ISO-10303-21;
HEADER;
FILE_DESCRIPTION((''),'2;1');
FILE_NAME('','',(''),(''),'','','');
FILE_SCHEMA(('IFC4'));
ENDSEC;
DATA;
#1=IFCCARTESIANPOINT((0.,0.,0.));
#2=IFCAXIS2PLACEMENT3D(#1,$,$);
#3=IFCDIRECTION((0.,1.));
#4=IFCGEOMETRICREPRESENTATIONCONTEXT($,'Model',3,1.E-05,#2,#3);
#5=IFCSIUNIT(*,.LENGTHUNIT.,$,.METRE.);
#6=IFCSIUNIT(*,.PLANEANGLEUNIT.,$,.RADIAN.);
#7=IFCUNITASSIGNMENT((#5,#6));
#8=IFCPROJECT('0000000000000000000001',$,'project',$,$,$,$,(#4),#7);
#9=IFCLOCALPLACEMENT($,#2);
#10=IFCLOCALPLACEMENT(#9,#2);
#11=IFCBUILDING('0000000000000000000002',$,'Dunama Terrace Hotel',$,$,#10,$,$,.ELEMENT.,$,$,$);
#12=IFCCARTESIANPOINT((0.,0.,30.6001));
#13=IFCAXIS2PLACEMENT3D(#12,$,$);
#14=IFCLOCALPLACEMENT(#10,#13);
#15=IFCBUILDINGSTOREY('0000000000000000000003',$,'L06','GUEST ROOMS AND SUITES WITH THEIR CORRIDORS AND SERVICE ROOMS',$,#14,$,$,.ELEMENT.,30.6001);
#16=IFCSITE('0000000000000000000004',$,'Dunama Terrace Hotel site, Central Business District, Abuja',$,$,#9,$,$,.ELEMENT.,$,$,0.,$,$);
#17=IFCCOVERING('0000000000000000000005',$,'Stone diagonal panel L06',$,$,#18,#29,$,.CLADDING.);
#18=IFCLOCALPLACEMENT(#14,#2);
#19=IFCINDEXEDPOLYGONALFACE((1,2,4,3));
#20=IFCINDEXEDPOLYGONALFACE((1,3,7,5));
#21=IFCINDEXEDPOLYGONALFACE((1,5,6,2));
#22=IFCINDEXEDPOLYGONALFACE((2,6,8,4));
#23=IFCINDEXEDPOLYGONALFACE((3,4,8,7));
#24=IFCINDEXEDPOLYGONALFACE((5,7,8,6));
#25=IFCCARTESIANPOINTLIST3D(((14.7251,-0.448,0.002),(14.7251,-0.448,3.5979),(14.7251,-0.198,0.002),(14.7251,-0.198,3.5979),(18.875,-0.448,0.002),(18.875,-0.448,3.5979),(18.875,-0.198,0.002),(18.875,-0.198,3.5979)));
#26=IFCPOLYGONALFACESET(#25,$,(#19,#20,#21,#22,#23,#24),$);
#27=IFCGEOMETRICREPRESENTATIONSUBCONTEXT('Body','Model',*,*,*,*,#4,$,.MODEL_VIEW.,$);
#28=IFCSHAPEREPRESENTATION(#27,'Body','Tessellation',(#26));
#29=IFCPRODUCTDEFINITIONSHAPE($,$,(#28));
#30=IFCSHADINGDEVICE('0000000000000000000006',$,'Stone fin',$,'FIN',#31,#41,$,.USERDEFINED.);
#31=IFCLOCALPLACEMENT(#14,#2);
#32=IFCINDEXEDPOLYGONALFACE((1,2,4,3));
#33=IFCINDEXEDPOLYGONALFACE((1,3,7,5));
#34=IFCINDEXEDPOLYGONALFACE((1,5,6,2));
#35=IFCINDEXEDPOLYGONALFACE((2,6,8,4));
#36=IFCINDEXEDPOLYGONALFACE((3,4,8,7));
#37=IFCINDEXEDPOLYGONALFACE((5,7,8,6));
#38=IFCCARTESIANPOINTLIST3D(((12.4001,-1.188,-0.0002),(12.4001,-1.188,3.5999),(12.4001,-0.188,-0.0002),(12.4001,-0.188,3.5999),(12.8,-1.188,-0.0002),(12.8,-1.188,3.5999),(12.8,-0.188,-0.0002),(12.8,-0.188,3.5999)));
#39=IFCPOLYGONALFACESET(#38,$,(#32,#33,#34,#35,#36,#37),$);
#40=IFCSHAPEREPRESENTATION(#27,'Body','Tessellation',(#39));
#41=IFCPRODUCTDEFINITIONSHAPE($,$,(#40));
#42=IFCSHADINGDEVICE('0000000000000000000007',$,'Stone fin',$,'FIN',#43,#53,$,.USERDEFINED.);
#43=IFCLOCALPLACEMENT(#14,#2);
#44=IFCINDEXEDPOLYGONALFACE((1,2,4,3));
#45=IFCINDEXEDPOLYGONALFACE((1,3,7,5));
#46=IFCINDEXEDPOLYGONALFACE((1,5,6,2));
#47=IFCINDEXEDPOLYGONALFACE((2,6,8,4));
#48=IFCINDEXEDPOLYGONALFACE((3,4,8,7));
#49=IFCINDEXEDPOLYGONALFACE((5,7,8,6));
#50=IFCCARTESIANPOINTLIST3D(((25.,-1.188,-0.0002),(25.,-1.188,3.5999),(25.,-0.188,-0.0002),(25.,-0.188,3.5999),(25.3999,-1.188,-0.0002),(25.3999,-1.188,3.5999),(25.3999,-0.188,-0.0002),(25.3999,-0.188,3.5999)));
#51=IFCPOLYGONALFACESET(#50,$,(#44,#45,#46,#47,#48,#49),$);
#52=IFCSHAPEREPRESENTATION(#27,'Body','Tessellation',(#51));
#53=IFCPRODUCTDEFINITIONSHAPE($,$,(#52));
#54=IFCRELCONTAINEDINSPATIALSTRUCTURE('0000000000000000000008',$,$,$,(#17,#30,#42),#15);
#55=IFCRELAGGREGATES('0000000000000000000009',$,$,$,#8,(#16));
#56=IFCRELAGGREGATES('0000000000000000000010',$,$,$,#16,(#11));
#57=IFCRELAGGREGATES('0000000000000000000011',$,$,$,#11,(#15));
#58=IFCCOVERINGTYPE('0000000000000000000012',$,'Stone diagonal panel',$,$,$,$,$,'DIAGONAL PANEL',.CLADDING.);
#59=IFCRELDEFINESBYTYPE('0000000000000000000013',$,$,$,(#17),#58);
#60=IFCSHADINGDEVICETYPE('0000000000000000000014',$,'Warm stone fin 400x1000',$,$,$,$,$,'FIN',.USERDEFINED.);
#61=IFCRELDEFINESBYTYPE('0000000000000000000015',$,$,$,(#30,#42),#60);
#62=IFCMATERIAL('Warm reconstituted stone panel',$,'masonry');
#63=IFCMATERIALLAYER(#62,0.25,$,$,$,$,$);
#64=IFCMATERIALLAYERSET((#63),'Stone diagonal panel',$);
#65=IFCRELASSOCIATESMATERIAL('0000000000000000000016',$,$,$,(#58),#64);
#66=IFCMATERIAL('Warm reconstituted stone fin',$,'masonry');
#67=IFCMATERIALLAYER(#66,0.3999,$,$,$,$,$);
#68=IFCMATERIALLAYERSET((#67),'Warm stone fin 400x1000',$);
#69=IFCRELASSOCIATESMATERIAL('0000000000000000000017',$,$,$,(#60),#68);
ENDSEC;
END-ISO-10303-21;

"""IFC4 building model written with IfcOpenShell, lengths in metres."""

from ifc_helpers import new_model, si_unit, direction, frame, origin, origin_2d, place, context, subcontext, project, spatial, rectangle, extrude, material, layer, layer_set, type_object, element, save


model = new_model("IFC4")

# Units and contexts
model_context = context("Model", 3, precision=1e-05, world=origin(), true_north=direction((0.0, 1.0)))
body_context = subcontext(model_context, "Body", "Model", "MODEL_VIEW")
ifc_project = project(units=[si_unit("LENGTHUNIT", "METRE"), si_unit("PLANEANGLEUNIT", "RADIAN")], contexts=[model_context])

# Site, building, storey
site_placement = place(None, origin())
site = spatial("IfcSite", under=ifc_project, at=site_placement, Name="Dunama Terrace Hotel site, Central Business District, Abuja", CompositionType="ELEMENT", RefElevation=0.0)
building_placement = place(site_placement, origin())
building = spatial("IfcBuilding", under=site, at=building_placement, Name="Dunama Terrace Hotel", CompositionType="ELEMENT")
storey_placement = place(building_placement, frame((0.0, 0.0, 30.6001)))
storey = spatial("IfcBuildingStorey", under=building, at=storey_placement, Name="L06", Description="GUEST ROOMS AND SUITES WITH THEIR CORRIDORS AND SERVICE ROOMS", CompositionType="ELEMENT", Elevation=30.6001)

# Covering
ifc_material_1 = material(Name="Warm reconstituted stone panel", Category="masonry")
ifc_layer_1 = layer(ifc_material_1, 0.25)
ifc_layer_set_1 = layer_set([ifc_layer_1], Name="Stone diagonal panel")
covering_type = type_object("IfcCoveringType", Name="Stone diagonal panel", ElementType="DIAGONAL PANEL", PredefinedType="CLADDING", material=ifc_layer_set_1)
covering_placement = place(storey_placement, frame((16.8, -0.323, 0.002), z_axis=(0.0, 0.0, 1.0), x_axis=(1.0, 0.0, 0.0)))
element("IfcCovering", 1, at=covering_placement, inside=storey, type_object=covering_type, Name="Stone diagonal panel L06", PredefinedType="CLADDING", context=body_context, shape_type="SweptSolid", body=[
    extrude(rectangle(XDim=4.1499, YDim=0.25, at=origin_2d()), origin(), (0.0, 0.0, 1.0), 3.5959),
])

# Shading devices
ifc_material_2 = material(Name="Warm reconstituted stone fin", Category="masonry")
ifc_layer_2 = layer(ifc_material_2, 0.3999)
ifc_layer_set_2 = layer_set([ifc_layer_2], Name="Warm stone fin 400x1000")
shading_device_type = type_object("IfcShadingDeviceType", Name="Warm stone fin 400x1000", ElementType="FIN", PredefinedType="USERDEFINED", material=ifc_layer_set_2)
for number, where, z_axis, x_axis, name in (
    (2, (12.6001, -0.688, -0.0002), (0.0, 0.0, 1.0), (1.0, 0.0, 0.0), "Stone fin"),
    (3, (25.2, -0.688, -0.0002), (0.0, 0.0, 1.0), (1.0, 0.0, 0.0), "Stone fin"),
):
    element("IfcShadingDevice", number, at=place(storey_placement, frame(where, z_axis=z_axis, x_axis=x_axis)), inside=storey, type_object=shading_device_type, Name=name, ObjectType="FIN", PredefinedType="USERDEFINED", context=body_context, shape_type="SweptSolid", body=[
        extrude(rectangle(XDim=0.3999, YDim=1.0, at=origin_2d()), origin(), (0.0, 0.0, 1.0), 3.6001),
    ])

save(model, "model.ifc")
